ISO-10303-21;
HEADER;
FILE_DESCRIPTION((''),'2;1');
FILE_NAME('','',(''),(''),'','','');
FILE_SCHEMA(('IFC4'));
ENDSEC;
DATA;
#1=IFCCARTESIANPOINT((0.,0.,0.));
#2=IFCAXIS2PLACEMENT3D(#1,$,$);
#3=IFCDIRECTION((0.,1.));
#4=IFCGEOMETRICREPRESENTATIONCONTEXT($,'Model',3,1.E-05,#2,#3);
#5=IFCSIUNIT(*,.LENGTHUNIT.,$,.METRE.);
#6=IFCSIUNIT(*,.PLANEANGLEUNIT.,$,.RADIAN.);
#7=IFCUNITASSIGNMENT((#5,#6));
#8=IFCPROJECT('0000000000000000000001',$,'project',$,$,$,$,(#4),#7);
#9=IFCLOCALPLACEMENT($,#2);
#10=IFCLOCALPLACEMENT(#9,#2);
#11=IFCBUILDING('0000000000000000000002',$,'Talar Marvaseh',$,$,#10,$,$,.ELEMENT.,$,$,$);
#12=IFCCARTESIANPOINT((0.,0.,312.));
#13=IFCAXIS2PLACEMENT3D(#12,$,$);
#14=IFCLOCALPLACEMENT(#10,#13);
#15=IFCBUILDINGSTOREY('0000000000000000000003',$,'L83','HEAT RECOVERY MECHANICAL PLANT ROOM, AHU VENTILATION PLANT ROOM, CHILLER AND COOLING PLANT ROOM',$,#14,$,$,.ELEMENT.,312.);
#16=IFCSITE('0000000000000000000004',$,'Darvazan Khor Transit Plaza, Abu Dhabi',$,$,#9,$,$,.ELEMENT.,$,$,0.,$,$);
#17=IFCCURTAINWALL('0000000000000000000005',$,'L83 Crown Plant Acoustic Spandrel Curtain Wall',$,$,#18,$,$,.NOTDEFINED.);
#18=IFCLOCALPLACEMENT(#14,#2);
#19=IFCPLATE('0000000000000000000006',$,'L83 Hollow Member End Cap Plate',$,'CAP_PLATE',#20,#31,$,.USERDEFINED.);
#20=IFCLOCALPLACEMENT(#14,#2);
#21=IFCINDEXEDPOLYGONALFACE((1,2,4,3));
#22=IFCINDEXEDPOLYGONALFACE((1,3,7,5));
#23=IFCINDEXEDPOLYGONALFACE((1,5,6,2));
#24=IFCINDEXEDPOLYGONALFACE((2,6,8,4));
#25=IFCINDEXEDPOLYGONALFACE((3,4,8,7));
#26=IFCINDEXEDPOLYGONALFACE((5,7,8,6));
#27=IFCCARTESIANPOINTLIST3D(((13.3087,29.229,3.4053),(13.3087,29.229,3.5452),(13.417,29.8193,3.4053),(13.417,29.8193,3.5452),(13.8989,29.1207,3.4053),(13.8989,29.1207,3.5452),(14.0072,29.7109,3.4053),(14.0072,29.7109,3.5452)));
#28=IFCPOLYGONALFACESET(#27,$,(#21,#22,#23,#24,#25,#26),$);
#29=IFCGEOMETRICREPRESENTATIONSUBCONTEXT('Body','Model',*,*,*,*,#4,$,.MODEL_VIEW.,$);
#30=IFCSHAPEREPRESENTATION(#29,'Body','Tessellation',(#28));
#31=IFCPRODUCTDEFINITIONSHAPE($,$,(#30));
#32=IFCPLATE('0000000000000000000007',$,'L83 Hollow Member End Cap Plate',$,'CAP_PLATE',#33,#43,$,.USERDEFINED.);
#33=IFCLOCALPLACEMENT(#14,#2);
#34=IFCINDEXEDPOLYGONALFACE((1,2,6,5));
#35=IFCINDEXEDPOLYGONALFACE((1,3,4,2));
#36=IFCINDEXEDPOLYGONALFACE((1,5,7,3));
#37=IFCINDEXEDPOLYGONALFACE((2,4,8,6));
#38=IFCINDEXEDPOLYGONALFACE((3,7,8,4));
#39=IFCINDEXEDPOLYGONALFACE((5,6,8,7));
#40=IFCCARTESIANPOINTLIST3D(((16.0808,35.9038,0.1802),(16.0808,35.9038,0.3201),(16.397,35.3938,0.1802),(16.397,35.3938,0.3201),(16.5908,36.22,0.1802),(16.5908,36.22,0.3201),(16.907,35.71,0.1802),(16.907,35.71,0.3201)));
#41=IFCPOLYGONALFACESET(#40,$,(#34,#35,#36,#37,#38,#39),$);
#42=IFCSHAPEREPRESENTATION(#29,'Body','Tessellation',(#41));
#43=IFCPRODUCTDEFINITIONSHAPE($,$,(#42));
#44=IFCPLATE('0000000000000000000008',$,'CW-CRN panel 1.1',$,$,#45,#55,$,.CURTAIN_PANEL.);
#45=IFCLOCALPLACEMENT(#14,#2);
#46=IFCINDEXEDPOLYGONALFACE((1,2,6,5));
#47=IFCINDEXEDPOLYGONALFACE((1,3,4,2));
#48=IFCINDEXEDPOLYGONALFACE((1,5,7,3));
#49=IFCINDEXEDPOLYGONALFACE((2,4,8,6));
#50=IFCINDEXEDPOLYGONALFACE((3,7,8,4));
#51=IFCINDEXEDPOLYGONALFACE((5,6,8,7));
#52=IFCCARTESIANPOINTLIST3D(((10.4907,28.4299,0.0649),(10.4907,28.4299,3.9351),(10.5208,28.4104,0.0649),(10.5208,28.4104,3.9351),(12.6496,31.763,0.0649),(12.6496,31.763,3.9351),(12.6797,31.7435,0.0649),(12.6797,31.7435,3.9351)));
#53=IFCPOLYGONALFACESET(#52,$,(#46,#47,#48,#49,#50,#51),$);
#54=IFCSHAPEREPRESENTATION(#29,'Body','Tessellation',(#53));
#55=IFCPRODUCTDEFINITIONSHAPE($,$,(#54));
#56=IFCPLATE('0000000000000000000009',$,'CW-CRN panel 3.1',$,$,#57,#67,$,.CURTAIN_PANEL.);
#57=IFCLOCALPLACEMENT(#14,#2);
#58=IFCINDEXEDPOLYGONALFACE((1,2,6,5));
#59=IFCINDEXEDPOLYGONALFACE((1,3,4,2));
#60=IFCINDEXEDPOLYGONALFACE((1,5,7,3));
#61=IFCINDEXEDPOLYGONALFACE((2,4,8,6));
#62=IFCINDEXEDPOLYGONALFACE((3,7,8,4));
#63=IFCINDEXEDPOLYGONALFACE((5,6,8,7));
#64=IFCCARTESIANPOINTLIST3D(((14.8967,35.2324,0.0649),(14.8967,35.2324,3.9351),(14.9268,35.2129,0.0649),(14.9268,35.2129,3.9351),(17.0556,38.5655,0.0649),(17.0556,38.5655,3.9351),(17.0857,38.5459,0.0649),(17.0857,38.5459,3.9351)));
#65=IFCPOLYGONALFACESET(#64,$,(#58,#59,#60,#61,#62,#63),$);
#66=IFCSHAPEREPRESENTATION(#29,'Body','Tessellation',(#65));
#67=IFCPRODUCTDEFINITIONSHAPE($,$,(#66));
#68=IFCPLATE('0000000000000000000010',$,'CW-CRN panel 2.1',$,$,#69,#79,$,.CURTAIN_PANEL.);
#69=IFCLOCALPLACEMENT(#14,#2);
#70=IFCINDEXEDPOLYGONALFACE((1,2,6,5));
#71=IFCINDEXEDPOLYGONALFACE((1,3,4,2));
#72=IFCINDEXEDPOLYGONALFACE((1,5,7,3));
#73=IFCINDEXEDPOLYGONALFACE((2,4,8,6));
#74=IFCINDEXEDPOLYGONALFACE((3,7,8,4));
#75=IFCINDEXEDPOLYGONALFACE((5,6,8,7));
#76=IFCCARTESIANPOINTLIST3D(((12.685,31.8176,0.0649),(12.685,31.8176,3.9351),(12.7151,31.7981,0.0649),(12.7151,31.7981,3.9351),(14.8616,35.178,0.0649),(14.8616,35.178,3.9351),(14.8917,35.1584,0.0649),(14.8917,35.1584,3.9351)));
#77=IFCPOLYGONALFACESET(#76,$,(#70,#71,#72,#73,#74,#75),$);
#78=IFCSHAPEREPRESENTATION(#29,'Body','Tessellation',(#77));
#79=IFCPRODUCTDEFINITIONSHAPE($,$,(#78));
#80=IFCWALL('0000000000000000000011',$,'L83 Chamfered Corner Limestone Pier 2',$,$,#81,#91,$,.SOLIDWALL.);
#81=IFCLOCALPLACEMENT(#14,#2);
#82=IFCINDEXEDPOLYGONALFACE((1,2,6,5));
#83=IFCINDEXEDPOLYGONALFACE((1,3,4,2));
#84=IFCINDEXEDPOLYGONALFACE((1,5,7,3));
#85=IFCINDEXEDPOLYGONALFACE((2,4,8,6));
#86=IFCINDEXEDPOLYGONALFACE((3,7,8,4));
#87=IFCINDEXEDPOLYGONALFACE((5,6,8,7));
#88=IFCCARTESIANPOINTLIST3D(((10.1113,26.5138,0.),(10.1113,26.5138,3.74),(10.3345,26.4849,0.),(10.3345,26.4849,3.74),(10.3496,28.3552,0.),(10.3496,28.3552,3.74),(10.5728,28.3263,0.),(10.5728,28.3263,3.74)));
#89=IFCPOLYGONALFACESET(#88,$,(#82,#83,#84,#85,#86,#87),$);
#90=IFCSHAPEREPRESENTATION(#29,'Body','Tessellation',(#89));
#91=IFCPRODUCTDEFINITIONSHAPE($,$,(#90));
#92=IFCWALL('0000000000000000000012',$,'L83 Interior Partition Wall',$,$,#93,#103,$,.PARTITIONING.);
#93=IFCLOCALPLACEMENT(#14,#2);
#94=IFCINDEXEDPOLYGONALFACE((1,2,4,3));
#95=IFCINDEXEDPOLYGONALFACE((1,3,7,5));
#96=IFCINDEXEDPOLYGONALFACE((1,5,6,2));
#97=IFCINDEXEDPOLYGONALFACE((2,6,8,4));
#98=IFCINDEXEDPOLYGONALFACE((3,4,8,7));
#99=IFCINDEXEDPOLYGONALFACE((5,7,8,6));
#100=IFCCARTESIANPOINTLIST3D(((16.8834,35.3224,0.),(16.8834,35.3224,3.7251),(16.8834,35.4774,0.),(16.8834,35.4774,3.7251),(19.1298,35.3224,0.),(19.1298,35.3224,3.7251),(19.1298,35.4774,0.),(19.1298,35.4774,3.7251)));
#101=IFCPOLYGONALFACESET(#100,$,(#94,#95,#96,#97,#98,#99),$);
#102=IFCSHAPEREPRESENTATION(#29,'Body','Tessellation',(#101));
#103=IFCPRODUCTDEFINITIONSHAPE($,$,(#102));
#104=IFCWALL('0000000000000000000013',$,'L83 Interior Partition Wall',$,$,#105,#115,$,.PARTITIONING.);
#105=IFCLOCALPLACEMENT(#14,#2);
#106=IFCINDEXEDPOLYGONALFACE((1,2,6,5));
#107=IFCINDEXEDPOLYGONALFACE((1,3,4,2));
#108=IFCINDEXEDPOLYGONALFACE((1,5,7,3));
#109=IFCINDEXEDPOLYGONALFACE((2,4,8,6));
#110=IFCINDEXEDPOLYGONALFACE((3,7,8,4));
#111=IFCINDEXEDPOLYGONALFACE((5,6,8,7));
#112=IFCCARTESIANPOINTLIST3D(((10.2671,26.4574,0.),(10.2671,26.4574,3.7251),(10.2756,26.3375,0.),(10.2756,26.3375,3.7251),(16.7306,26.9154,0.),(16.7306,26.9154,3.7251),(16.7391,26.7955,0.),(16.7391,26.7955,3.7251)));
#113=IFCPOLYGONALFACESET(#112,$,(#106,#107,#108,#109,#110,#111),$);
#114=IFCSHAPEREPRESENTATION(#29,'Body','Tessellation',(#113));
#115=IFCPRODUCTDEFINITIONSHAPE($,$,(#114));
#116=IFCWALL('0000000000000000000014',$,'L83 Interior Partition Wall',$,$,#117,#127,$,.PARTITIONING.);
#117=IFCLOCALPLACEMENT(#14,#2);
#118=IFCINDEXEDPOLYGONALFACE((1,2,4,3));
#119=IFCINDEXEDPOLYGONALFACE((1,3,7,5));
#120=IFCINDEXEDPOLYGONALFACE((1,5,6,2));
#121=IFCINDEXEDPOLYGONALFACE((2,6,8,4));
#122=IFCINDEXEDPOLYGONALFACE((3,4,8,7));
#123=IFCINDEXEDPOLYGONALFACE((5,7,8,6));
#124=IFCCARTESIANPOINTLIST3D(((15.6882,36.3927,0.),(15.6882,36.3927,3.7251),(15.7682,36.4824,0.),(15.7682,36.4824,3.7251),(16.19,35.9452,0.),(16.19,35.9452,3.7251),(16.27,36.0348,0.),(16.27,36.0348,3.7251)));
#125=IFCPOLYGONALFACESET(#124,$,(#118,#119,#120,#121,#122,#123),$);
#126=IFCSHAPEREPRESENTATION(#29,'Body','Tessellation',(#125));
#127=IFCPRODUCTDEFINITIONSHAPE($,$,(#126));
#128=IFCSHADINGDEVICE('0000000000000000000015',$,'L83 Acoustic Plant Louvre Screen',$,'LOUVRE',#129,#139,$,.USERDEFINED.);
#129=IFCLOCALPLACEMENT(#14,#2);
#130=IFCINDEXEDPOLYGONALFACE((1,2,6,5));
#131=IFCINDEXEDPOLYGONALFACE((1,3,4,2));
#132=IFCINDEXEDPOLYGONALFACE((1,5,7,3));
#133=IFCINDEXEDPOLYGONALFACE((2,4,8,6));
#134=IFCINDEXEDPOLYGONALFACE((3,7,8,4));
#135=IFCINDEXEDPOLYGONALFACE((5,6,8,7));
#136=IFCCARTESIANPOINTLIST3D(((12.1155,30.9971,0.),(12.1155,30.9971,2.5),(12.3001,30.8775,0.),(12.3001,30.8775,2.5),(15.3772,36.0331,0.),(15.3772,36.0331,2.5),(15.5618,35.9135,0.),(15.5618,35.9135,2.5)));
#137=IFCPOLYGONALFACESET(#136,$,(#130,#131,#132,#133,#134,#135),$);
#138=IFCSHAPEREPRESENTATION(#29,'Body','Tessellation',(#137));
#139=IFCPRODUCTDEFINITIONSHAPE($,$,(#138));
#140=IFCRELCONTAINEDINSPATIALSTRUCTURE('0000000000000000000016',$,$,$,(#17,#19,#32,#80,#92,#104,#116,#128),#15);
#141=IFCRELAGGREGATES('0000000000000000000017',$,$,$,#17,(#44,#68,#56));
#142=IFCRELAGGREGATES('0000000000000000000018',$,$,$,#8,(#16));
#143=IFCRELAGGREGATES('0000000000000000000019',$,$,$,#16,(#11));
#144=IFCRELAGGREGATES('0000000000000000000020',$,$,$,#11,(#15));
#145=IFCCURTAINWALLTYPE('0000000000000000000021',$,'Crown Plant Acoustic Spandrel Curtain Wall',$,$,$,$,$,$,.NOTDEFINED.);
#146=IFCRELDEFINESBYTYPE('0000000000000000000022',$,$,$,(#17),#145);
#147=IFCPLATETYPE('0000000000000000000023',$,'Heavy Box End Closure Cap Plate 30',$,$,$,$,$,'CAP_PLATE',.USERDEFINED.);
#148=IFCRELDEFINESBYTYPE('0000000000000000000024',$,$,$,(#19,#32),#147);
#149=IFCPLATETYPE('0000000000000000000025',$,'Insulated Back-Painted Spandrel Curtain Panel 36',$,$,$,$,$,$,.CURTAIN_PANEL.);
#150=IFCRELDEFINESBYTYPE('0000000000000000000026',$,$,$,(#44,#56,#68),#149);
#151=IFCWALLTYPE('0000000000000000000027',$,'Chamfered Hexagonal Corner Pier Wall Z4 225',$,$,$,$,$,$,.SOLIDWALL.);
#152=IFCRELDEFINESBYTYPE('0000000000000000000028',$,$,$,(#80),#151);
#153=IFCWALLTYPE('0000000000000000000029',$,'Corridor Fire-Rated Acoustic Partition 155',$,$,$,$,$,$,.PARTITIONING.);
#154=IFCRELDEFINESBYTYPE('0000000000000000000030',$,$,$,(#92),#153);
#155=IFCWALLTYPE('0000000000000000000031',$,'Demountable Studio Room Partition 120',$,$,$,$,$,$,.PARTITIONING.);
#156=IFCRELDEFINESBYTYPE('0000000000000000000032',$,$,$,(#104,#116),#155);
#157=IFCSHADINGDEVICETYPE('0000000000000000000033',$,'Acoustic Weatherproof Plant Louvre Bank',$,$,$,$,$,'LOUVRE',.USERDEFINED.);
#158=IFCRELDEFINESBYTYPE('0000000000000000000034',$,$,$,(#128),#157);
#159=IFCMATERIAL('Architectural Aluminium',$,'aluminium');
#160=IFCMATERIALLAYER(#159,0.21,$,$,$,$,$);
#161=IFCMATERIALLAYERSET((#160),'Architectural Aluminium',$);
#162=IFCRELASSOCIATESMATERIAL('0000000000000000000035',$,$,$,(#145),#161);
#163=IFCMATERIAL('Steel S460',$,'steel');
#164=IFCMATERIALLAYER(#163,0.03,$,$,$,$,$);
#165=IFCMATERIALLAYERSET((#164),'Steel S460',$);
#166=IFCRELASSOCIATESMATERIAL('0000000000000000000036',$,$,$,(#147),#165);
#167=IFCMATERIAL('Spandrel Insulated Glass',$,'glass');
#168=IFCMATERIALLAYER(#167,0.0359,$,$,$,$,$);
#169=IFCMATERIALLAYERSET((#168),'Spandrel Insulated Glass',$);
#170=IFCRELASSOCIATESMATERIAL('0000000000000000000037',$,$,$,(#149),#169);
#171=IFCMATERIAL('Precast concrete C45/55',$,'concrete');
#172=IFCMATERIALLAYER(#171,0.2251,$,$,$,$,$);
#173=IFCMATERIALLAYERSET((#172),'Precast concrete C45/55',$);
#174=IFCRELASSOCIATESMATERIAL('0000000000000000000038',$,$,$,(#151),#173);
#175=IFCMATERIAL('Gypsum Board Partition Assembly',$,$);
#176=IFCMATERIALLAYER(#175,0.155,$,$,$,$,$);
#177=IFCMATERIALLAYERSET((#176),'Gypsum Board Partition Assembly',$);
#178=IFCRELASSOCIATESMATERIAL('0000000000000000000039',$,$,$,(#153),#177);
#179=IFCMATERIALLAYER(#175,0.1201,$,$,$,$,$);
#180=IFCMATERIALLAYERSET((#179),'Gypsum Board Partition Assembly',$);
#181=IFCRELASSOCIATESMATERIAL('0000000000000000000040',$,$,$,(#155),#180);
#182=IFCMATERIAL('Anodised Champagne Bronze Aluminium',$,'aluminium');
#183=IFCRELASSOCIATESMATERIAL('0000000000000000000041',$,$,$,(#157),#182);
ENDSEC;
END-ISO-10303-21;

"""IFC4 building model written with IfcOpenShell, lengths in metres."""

from ifc_helpers import new_model, si_unit, direction, frame, frame_2d, origin, origin_2d, place, context, subcontext, project, spatial, rectangle, extrude, source, transform, mapped, material, layer, layer_set, type_object, type_shapes, element, aggregate, save


model = new_model("IFC4")

# Units and contexts
model_context = context("Model", 3, precision=1e-05, world=origin(), true_north=direction((0.0, 1.0)))
body_context = subcontext(model_context, "Body", "Model", "MODEL_VIEW")
ifc_project = project(units=[si_unit("LENGTHUNIT", "METRE"), si_unit("PLANEANGLEUNIT", "RADIAN")], contexts=[model_context])

# Site, building, storey
site_placement = place(None, origin())
site = spatial("IfcSite", under=ifc_project, at=site_placement, Name="Darvazan Khor Transit Plaza, Abu Dhabi", CompositionType="ELEMENT", RefElevation=0.0)
building_placement = place(site_placement, origin())
building = spatial("IfcBuilding", under=site, at=building_placement, Name="Talar Marvaseh", CompositionType="ELEMENT")
storey_placement = place(building_placement, frame((0.0, 0.0, 312.0)))
storey = spatial("IfcBuildingStorey", under=building, at=storey_placement, Name="L83", Description="HEAT RECOVERY MECHANICAL PLANT ROOM, AHU VENTILATION PLANT ROOM, CHILLER AND COOLING PLANT ROOM", CompositionType="ELEMENT", Elevation=312.0)

# Shared definitions
ifc_material_1 = material(Name="Steel S460", Category="steel")

# Curtain wall
ifc_material_2 = material(Name="Architectural Aluminium", Category="aluminium")
ifc_layer_1 = layer(ifc_material_2, 0.21)
ifc_layer_set_1 = layer_set([ifc_layer_1], Name="Architectural Aluminium")
curtain_wall_type = type_object("IfcCurtainWallType", Name="Crown Plant Acoustic Spandrel Curtain Wall", PredefinedType="NOTDEFINED", material=ifc_layer_set_1)
curtain_wall_1_placement = place(storey_placement, origin())
curtain_wall_1 = element("IfcCurtainWall", 1, at=curtain_wall_1_placement, inside=storey, type_object=curtain_wall_type, Name="L83 Crown Plant Acoustic Spandrel Curtain Wall", PredefinedType="NOTDEFINED")

# Plates
ifc_layer_2 = layer(ifc_material_1, 0.03)
ifc_layer_set_2 = layer_set([ifc_layer_2], Name="Steel S460")
plate_type_1 = type_object("IfcPlateType", Name="Heavy Box End Closure Cap Plate 30", ElementType="CAP_PLATE", PredefinedType="USERDEFINED", material=ifc_layer_set_2)
shared_shape_1 = source(origin(), body_context, "Body", "SweptSolid", [
    extrude(rectangle(XDim=0.6001, YDim=0.6001, at=origin_2d()), origin(), (0.0, 0.0, 1.0), 0.1399),
])
type_shapes(plate_type_1, [shared_shape_1])
for number, where, z_axis, x_axis, name in (
    (2, (13.658, 29.47, 3.4053), (0.0, 0.0, 1.0), (0.180519, 0.983571, 0.0), "L83 Hollow Member End Cap Plate"),
    (3, (16.4939, 35.8069, 0.1802), (0.0, 0.0, 1.0), (0.849893, 0.526956, 0.0), "L83 Hollow Member End Cap Plate"),
):
    element("IfcPlate", number, at=place(storey_placement, frame(where, z_axis=z_axis, x_axis=x_axis)), inside=storey, type_object=plate_type_1, Name=name, ObjectType="CAP_PLATE", PredefinedType="USERDEFINED", context=body_context, shape_type="MappedRepresentation", body=[
        mapped(shared_shape_1, transform((0.0, 0.0, 0.0), x_axis=(1.0, 0.0, 0.0), y_axis=(0.0, 1.0, 0.0), z_axis=(0.0, 0.0, 1.0), scale=1.0)),
    ])

# Plates
ifc_material_3 = material(Name="Spandrel Insulated Glass", Category="glass")
ifc_layer_3 = layer(ifc_material_3, 0.0359)
ifc_layer_set_3 = layer_set([ifc_layer_3], Name="Spandrel Insulated Glass")
plate_type_2 = type_object("IfcPlateType", Name="Insulated Back-Painted Spandrel Curtain Panel 36", PredefinedType="CURTAIN_PANEL", material=ifc_layer_set_3)
shared_shape_2 = source(origin(), body_context, "Body", "SweptSolid", [
    extrude(rectangle(XDim=3.9712, YDim=0.0359, at=origin_2d()), origin(), (0.0, 0.0, 1.0), 3.8701),
])
plate_1_placement = place(storey_placement, frame((11.5852, 30.0867, 0.0649), z_axis=(0.0, 0.0, 1.0), x_axis=(0.543646, 0.839314, 0.0)))
plate_1 = element("IfcPlate", 4, at=plate_1_placement, type_object=plate_type_2, Name="CW-CRN panel 1.1", PredefinedType="CURTAIN_PANEL", context=body_context, shape_type="MappedRepresentation", body=[
    mapped(shared_shape_2, transform((0.0, 0.0, 0.0), x_axis=(1.0, 0.0, 0.0), y_axis=(0.0, 1.0, 0.0), z_axis=(0.0, 0.0, 1.0), scale=1.0)),
])
plate_2_placement = place(storey_placement, frame((15.9912, 36.8892, 0.0649), z_axis=(0.0, 0.0, 1.0), x_axis=(0.543646, 0.839314, 0.0)))
plate_2 = element("IfcPlate", 5, at=plate_2_placement, type_object=plate_type_2, Name="CW-CRN panel 3.1", PredefinedType="CURTAIN_PANEL", context=body_context, shape_type="MappedRepresentation", body=[
    mapped(shared_shape_2, transform((0.0, 0.0, 0.0), x_axis=(1.0, 0.0, 0.0), y_axis=(0.0, 1.0, 0.0), z_axis=(0.0, 0.0, 1.0), scale=1.0)),
])
shared_shape_3 = source(origin(), body_context, "Body", "SweptSolid", [
    extrude(rectangle(XDim=4.0037, YDim=0.0359, at=origin_2d()), origin(), (0.0, 0.0, 1.0), 3.8701),
])
type_shapes(plate_type_2, [shared_shape_2, shared_shape_3])
plate_3_placement = place(storey_placement, frame((13.7883, 33.488, 0.0649), z_axis=(0.0, 0.0, 1.0), x_axis=(0.543646, 0.839314, 0.0)))
plate_3 = element("IfcPlate", 6, at=plate_3_placement, type_object=plate_type_2, Name="CW-CRN panel 2.1", PredefinedType="CURTAIN_PANEL", context=body_context, shape_type="MappedRepresentation", body=[
    mapped(shared_shape_3, transform((0.0, 0.0, 0.0), x_axis=(1.0, 0.0, 0.0), y_axis=(0.0, 1.0, 0.0), z_axis=(0.0, 0.0, 1.0), scale=1.0)),
])
aggregate(curtain_wall_1, [plate_1, plate_3, plate_2])

# Walls
ifc_material_4 = material(Name="Precast concrete C45/55", Category="concrete")
ifc_layer_4 = layer(ifc_material_4, 0.2251)
ifc_layer_set_4 = layer_set([ifc_layer_4], Name="Precast concrete C45/55")
wall_type_1 = type_object("IfcWallType", Name="Chamfered Hexagonal Corner Pier Wall Z4 225", PredefinedType="SOLIDWALL", material=ifc_layer_set_4)
wall_1_placement = place(storey_placement, frame((10.2229, 26.4995, 0.0), z_axis=(0.0, 0.0, 1.0), x_axis=(0.128338, 0.99173, 0.0)))
element("IfcWall", 7, at=wall_1_placement, inside=storey, type_object=wall_type_1, Name="L83 Chamfered Corner Limestone Pier 2", PredefinedType="SOLIDWALL", context=body_context, shape_type="SweptSolid", body=[
    extrude(rectangle(XDim=1.8567, YDim=0.2251, at=frame_2d((0.9282, 0.0))), origin(), (0.0, 0.0, 1.0), 3.74),
])
ifc_material_5 = material(Name="Gypsum Board Partition Assembly")
ifc_layer_5 = layer(ifc_material_5, 0.155)
ifc_layer_set_5 = layer_set([ifc_layer_5], Name="Gypsum Board Partition Assembly")
wall_type_2 = type_object("IfcWallType", Name="Corridor Fire-Rated Acoustic Partition 155", PredefinedType="PARTITIONING", material=ifc_layer_set_5)
wall_2_placement = place(storey_placement, frame((16.8835, 35.3999, 0.0), z_axis=(0.0, 0.0, 1.0), x_axis=(1.0, 0.0, 0.0)))
element("IfcWall", 8, at=wall_2_placement, inside=storey, type_object=wall_type_2, Name="L83 Interior Partition Wall", PredefinedType="PARTITIONING", context=body_context, shape_type="SweptSolid", body=[
    extrude(rectangle(XDim=2.2463, YDim=0.155, at=frame_2d((1.123, 0.0))), origin(), (0.0, 0.0, 1.0), 3.7251),
])
ifc_layer_6 = layer(ifc_material_5, 0.1201)
ifc_layer_set_6 = layer_set([ifc_layer_6], Name="Gypsum Board Partition Assembly")
wall_type_3 = type_object("IfcWallType", Name="Demountable Studio Room Partition 120", PredefinedType="PARTITIONING", material=ifc_layer_set_6)
wall_3_placement = place(storey_placement, frame((10.2715, 26.3975, 0.0), z_axis=(0.0, 0.0, 1.0), x_axis=(0.997499, 0.070682, 0.0)))
element("IfcWall", 9, at=wall_3_placement, inside=storey, type_object=wall_type_3, Name="L83 Interior Partition Wall", PredefinedType="PARTITIONING", context=body_context, shape_type="SweptSolid", body=[
    extrude(rectangle(XDim=6.4797, YDim=0.1201, at=frame_2d((3.2397, 0.0))), origin(), (0.0, 0.0, 1.0), 3.7251),
])
wall_4_placement = place(storey_placement, frame((16.23, 35.99, 0.0), z_axis=(0.0, 0.0, 1.0), x_axis=(-0.746266, 0.665648, 0.0)))
element("IfcWall", 10, at=wall_4_placement, inside=storey, type_object=wall_type_3, Name="L83 Interior Partition Wall", PredefinedType="PARTITIONING", context=body_context, shape_type="SweptSolid", body=[
    extrude(rectangle(XDim=0.6724, YDim=0.1201, at=frame_2d((0.3362, 0.0))), origin(), (0.0, 0.0, 1.0), 3.7251),
])

# Shading device
ifc_material_6 = material(Name="Anodised Champagne Bronze Aluminium", Category="aluminium")
shading_device_type = type_object("IfcShadingDeviceType", Name="Acoustic Weatherproof Plant Louvre Bank", ElementType="LOUVRE", PredefinedType="USERDEFINED", material=ifc_material_6)
shared_shape_4 = source(origin(), body_context, "Body", "SweptSolid", [
    extrude(rectangle(XDim=6.0, YDim=0.22, at=origin_2d()), origin(), (0.0, 0.0, 1.0), 2.5),
])
type_shapes(shading_device_type, [shared_shape_4])
shading_device_placement = place(storey_placement, frame((13.8386, 33.4553, 0.0), z_axis=(0.0, 0.0, 1.0), x_axis=(0.543614, 0.839335, 0.0)))
element("IfcShadingDevice", 11, at=shading_device_placement, inside=storey, type_object=shading_device_type, Name="L83 Acoustic Plant Louvre Screen", ObjectType="LOUVRE", PredefinedType="USERDEFINED", context=body_context, shape_type="MappedRepresentation", body=[
    mapped(shared_shape_4, transform((0.0, 0.0, 0.0), x_axis=(1.0, 0.0, 0.0), y_axis=(0.0, 1.0, 0.0), z_axis=(0.0, 0.0, 1.0), scale=1.0)),
])

save(model, "model.ifc")
